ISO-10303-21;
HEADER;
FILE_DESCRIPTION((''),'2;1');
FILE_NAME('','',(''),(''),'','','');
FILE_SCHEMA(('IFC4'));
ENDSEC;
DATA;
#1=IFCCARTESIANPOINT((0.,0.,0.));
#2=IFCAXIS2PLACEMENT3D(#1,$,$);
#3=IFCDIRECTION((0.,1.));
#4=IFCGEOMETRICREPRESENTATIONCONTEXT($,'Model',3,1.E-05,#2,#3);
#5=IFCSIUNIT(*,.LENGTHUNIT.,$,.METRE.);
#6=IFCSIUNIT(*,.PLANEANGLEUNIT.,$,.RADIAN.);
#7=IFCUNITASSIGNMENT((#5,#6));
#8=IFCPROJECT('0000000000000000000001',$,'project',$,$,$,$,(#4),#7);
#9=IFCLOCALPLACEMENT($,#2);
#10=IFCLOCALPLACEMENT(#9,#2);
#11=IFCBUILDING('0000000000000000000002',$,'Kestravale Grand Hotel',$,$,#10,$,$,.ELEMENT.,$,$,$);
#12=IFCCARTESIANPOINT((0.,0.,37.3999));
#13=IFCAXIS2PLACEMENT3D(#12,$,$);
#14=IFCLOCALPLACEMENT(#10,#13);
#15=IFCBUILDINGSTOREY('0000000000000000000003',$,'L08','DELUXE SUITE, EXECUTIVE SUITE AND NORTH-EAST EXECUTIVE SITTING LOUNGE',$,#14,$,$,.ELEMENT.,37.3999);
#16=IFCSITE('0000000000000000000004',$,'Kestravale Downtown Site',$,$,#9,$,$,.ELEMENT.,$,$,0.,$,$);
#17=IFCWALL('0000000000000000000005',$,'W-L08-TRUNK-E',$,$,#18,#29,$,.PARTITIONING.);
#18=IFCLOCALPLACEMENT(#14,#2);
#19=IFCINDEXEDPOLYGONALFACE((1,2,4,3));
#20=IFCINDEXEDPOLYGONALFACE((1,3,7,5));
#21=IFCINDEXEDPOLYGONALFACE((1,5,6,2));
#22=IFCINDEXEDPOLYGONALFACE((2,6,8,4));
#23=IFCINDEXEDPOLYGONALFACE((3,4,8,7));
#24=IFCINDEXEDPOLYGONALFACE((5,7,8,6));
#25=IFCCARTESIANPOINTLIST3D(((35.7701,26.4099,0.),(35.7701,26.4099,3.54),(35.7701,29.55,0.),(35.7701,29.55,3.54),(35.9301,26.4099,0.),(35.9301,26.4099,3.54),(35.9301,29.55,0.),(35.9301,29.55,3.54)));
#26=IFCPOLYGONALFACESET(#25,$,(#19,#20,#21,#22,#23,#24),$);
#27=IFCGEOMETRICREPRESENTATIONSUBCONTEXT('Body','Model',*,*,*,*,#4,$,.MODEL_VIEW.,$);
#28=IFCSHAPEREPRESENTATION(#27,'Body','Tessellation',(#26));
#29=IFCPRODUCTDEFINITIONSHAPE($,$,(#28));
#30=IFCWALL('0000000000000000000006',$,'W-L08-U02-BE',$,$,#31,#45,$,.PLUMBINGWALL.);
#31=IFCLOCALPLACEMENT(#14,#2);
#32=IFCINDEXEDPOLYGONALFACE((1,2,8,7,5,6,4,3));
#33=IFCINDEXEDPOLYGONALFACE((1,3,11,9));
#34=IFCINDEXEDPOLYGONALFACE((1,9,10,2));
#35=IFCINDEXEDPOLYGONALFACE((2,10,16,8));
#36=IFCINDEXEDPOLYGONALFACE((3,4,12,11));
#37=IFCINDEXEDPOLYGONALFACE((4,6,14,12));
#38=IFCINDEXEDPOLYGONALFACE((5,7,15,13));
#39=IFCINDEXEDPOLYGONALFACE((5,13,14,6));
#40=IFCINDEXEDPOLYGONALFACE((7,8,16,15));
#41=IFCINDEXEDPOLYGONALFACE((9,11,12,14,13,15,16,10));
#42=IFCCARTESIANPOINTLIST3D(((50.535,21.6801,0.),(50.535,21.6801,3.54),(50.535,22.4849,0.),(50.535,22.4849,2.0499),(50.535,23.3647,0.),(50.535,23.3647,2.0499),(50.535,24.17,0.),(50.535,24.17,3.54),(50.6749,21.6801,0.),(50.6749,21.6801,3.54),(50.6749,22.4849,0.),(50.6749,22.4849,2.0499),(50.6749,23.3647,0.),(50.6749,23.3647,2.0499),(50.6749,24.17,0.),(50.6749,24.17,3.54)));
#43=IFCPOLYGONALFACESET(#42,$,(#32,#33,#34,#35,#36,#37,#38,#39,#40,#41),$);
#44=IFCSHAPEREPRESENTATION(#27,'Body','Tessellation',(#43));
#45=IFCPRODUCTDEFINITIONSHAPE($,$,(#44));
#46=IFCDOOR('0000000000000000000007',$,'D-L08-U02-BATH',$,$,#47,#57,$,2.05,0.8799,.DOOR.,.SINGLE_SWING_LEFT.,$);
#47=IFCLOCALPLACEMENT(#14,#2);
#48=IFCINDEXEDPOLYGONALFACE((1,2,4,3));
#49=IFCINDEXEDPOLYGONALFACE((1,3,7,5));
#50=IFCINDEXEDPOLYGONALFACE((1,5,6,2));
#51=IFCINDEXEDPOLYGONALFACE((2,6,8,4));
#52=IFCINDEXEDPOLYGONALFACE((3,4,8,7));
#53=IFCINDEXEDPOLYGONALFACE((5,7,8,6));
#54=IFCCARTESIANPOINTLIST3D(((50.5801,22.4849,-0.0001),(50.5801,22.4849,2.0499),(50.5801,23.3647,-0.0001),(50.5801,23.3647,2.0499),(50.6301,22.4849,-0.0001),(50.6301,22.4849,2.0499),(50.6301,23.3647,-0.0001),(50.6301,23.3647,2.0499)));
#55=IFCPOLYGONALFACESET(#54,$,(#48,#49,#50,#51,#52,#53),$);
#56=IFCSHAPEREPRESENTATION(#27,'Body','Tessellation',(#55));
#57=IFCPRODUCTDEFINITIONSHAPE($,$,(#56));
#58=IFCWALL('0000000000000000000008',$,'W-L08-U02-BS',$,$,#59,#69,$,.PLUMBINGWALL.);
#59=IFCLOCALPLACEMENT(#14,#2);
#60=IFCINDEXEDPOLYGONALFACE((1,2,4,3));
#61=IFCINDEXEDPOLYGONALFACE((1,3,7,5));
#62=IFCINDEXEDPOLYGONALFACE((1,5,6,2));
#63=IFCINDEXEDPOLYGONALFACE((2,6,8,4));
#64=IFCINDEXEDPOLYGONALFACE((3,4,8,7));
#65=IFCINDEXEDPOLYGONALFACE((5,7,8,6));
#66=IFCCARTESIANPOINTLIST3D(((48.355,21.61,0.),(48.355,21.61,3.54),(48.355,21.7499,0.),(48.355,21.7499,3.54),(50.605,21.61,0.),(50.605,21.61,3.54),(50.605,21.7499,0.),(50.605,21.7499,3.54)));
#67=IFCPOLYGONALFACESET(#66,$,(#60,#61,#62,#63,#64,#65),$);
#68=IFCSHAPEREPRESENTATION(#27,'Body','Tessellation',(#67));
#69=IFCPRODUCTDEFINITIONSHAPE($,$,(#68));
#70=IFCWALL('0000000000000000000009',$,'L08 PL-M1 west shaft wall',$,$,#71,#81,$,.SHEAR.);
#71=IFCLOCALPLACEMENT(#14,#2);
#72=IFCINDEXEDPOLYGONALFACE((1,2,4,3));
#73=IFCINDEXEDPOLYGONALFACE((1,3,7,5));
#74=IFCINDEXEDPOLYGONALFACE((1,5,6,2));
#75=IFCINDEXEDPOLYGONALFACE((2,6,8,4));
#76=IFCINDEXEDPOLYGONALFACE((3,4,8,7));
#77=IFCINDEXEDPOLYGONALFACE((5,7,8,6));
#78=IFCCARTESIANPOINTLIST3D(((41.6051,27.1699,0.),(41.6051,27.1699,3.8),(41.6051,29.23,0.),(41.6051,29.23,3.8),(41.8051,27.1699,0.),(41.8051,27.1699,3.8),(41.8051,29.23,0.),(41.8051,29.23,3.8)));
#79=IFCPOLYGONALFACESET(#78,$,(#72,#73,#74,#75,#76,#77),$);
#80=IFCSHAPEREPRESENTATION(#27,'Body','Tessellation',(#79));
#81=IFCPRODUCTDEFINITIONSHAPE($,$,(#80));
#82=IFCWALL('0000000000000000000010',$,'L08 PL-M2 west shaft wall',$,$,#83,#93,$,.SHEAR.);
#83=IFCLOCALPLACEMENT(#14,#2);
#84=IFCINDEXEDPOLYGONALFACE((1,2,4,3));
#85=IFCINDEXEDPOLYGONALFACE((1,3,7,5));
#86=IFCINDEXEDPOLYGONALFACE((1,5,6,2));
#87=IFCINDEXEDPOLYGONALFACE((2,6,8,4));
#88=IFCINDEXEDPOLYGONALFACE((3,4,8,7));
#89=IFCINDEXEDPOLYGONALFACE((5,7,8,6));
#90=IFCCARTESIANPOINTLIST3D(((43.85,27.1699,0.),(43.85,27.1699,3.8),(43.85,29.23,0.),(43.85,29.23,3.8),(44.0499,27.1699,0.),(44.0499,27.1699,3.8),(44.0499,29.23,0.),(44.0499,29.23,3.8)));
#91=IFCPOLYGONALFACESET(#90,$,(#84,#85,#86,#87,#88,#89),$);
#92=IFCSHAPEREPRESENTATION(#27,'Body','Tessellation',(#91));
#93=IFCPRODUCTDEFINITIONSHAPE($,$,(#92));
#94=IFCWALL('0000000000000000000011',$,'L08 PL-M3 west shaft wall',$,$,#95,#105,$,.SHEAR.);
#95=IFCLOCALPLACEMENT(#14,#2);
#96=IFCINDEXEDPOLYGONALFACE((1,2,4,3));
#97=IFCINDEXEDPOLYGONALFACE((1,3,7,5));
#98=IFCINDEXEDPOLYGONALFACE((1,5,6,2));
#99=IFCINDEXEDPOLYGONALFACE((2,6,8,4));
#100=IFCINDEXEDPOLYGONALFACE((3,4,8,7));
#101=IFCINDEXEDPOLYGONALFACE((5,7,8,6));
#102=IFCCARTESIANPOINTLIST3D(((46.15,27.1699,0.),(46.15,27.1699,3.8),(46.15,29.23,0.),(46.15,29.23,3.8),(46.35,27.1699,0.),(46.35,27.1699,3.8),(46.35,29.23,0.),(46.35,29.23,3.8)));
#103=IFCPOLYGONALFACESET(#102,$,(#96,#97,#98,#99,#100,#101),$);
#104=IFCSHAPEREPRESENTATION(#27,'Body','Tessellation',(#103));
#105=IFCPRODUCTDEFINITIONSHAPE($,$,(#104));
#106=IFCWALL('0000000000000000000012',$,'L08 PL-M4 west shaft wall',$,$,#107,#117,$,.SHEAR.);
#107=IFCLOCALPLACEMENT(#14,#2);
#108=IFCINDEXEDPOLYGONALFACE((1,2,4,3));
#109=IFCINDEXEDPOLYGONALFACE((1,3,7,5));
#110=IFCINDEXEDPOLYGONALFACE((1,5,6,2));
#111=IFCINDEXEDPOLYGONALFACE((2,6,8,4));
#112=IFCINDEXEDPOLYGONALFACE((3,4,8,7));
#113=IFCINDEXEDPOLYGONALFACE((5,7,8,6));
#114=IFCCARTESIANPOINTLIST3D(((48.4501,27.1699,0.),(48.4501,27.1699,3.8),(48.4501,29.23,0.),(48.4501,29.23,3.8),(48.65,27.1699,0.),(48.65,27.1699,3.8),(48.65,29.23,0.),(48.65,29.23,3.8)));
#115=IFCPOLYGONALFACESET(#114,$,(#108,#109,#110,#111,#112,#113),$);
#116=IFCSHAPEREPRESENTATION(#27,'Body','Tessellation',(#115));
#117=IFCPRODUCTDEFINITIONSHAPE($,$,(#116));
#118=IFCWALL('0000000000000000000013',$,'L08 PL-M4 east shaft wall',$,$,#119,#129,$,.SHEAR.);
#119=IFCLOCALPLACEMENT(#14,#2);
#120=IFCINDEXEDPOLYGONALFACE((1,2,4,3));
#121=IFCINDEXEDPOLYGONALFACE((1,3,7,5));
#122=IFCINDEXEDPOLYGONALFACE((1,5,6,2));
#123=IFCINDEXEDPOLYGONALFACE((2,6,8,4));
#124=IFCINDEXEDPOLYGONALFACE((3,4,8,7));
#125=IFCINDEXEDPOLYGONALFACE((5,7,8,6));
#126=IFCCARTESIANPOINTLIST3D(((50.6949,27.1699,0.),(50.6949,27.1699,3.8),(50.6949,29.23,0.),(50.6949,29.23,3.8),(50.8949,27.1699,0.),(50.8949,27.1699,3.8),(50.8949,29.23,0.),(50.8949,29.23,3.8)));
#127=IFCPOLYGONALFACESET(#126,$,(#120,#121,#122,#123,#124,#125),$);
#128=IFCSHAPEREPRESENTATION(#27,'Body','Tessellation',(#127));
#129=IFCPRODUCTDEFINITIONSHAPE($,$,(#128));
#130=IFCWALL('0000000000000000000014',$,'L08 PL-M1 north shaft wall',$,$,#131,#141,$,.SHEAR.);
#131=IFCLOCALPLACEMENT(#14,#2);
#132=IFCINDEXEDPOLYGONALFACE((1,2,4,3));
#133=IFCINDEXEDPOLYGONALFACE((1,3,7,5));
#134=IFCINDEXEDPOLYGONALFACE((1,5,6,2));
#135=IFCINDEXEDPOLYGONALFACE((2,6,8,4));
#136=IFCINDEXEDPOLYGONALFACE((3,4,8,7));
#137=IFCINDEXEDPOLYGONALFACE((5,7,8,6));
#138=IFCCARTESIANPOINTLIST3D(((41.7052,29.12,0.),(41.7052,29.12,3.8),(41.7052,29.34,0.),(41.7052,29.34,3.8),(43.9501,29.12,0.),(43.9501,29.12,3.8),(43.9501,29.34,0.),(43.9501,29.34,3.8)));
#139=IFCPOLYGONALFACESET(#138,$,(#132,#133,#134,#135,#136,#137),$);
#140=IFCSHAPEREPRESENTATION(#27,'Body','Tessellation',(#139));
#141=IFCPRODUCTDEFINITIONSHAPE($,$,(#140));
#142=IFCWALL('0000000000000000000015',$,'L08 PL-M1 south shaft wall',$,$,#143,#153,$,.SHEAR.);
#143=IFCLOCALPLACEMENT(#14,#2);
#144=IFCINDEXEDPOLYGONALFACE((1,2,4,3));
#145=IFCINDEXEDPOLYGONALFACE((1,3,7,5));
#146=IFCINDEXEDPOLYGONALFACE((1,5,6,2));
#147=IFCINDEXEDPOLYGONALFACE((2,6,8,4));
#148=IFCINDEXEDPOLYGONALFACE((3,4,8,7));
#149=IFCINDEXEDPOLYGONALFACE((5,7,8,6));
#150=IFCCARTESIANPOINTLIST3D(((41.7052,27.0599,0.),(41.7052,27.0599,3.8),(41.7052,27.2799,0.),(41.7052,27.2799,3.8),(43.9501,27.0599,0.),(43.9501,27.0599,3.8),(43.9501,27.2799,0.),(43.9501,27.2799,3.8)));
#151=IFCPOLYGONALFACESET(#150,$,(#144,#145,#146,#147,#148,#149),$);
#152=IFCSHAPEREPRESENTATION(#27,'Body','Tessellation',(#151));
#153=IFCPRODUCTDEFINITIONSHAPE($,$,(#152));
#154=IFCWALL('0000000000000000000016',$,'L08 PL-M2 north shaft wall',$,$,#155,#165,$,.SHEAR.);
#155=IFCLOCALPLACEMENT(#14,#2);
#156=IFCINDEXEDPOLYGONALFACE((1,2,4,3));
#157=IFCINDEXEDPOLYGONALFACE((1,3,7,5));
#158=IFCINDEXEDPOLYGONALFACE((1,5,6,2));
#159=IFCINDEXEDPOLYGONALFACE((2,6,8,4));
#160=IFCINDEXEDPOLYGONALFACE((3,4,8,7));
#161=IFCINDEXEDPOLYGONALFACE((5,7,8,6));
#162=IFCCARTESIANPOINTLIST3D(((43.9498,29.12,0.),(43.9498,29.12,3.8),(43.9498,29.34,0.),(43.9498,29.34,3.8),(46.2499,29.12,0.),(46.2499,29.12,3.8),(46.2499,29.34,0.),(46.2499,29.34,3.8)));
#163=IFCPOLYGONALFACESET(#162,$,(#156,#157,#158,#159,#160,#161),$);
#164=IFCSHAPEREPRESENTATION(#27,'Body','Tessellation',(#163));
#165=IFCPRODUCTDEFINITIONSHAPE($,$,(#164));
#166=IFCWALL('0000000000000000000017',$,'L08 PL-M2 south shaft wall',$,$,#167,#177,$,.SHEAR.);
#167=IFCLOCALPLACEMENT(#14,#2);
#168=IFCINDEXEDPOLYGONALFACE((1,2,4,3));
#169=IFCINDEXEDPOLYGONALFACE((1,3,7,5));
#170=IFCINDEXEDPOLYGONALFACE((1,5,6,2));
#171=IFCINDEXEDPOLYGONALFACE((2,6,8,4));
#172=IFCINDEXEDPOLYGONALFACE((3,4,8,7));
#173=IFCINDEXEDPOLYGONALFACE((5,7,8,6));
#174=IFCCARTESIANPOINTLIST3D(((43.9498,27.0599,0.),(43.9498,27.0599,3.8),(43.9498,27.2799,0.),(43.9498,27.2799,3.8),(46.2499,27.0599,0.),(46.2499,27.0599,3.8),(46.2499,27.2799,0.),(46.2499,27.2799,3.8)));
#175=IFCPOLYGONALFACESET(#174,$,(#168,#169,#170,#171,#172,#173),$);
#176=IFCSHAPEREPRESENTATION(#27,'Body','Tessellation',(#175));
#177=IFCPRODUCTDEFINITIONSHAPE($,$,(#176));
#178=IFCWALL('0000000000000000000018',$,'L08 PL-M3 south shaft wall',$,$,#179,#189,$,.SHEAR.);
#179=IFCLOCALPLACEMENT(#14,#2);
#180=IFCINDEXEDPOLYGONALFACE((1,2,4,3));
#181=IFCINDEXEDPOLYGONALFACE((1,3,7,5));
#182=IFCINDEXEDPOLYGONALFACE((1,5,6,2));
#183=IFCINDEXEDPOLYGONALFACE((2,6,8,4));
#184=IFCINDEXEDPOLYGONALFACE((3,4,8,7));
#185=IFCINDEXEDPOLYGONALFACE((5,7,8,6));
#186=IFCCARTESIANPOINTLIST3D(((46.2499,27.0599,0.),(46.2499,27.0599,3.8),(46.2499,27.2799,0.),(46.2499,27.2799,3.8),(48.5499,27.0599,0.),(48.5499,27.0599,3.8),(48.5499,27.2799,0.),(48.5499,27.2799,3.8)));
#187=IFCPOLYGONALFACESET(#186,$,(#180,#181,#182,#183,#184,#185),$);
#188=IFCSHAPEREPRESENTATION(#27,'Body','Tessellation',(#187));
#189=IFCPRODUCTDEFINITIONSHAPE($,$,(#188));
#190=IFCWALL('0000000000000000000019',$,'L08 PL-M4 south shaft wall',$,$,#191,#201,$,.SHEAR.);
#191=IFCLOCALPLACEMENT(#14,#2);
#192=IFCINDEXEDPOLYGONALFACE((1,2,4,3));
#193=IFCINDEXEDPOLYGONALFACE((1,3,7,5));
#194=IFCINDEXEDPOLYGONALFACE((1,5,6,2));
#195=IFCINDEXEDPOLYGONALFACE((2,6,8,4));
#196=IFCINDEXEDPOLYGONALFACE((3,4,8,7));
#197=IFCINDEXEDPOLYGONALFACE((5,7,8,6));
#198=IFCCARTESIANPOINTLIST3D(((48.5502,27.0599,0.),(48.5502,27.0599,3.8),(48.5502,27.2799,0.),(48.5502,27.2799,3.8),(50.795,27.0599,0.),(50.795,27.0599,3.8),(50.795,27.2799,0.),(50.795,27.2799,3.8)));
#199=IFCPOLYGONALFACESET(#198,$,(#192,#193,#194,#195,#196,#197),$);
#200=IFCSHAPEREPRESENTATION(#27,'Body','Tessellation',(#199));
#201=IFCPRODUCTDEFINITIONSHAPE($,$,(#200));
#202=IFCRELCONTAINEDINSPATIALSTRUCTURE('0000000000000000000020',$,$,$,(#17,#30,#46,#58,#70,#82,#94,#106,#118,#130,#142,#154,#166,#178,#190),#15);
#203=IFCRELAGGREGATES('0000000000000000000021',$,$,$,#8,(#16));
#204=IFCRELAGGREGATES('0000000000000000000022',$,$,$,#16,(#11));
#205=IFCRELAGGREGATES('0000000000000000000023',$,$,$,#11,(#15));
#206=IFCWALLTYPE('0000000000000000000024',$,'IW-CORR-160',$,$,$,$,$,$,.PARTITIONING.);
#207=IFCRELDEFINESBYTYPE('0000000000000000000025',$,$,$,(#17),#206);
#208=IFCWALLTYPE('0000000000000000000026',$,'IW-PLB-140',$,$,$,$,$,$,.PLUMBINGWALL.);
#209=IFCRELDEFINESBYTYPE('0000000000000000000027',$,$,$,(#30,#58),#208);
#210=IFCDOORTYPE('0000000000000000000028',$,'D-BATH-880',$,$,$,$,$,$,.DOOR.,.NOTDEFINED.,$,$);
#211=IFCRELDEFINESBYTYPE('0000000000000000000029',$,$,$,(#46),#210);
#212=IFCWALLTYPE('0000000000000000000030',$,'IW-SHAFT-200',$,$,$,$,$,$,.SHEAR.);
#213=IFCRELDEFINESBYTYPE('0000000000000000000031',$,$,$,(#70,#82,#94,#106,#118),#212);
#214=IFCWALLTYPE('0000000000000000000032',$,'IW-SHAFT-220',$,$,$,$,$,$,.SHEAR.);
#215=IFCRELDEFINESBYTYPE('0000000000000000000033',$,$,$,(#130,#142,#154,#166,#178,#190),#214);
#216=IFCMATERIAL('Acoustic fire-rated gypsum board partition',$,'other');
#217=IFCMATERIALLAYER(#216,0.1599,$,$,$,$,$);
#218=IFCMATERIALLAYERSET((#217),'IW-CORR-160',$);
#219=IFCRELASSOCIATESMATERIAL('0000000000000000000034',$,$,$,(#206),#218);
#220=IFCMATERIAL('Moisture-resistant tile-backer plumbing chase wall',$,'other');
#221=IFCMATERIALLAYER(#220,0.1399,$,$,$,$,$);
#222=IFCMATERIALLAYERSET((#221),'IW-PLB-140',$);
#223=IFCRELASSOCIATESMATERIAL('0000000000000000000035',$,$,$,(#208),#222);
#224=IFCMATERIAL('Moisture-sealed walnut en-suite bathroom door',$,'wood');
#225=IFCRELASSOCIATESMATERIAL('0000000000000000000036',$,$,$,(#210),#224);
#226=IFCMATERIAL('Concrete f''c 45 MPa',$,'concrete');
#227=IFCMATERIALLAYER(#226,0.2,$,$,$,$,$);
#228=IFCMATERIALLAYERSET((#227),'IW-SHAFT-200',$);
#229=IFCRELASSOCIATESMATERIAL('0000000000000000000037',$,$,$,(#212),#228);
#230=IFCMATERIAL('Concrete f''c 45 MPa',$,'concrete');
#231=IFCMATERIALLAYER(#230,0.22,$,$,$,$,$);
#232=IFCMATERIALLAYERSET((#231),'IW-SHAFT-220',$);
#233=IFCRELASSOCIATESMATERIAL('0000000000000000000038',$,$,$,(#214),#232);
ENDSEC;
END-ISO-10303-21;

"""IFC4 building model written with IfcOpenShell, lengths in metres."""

from ifc_helpers import new_model, si_unit, direction, frame, frame_2d, origin, place, context, subcontext, project, spatial, rectangle, extrude, material, layer, layer_set, type_object, element, fill, save


model = new_model("IFC4")

# Units and contexts
model_context = context("Model", 3, precision=1e-05, world=origin(), true_north=direction((0.0, 1.0)))
body_context = subcontext(model_context, "Body", "Model", "MODEL_VIEW")
ifc_project = project(units=[si_unit("LENGTHUNIT", "METRE"), si_unit("PLANEANGLEUNIT", "RADIAN")], contexts=[model_context])

# Site, building, storey
site_placement = place(None, origin())
site = spatial("IfcSite", under=ifc_project, at=site_placement, Name="Kestravale Downtown Site", CompositionType="ELEMENT", RefElevation=0.0)
building_placement = place(site_placement, origin())
building = spatial("IfcBuilding", under=site, at=building_placement, Name="Kestravale Grand Hotel", CompositionType="ELEMENT")
storey_placement = place(building_placement, frame((0.0, 0.0, 37.3999)))
storey = spatial("IfcBuildingStorey", under=building, at=storey_placement, Name="L08", Description="DELUXE SUITE, EXECUTIVE SUITE AND NORTH-EAST EXECUTIVE SITTING LOUNGE", CompositionType="ELEMENT", Elevation=37.3999)

# Wall
ifc_material_1 = material(Name="Acoustic fire-rated gypsum board partition", Category="other")
ifc_layer_1 = layer(ifc_material_1, 0.1599)
ifc_layer_set_1 = layer_set([ifc_layer_1], Name="IW-CORR-160")
wall_type_1 = type_object("IfcWallType", Name="IW-CORR-160", PredefinedType="PARTITIONING", material=ifc_layer_set_1)
wall_1_placement = place(storey_placement, frame((35.8501, 26.4099, 0.0), z_axis=(0.0, 0.0, 1.0), x_axis=(0.0, 1.0, 0.0)))
element("IfcWall", 1, at=wall_1_placement, inside=storey, type_object=wall_type_1, Name="W-L08-TRUNK-E", PredefinedType="PARTITIONING", context=body_context, shape_type="SweptSolid", body=[
    extrude(rectangle(XDim=3.1401, YDim=0.1599, at=frame_2d((1.5701, 0.0))), origin(), (0.0, 0.0, 1.0), 3.54),
])

# Wall, opening, door
ifc_material_2 = material(Name="Moisture-resistant tile-backer plumbing chase wall", Category="other")
ifc_layer_2 = layer(ifc_material_2, 0.1399)
ifc_layer_set_2 = layer_set([ifc_layer_2], Name="IW-PLB-140")
wall_type_2 = type_object("IfcWallType", Name="IW-PLB-140", PredefinedType="PLUMBINGWALL", material=ifc_layer_set_2)
wall_2_placement = place(storey_placement, frame((50.605, 21.6799, 0.0), z_axis=(0.0, 0.0, 1.0), x_axis=(0.0, 1.0, 0.0)))
wall_2 = element("IfcWall", 2, at=wall_2_placement, inside=storey, type_object=wall_type_2, Name="W-L08-U02-BE", PredefinedType="PLUMBINGWALL", context=body_context, shape_type="SweptSolid", body=[
    extrude(rectangle(XDim=2.49, YDim=0.1399, at=frame_2d((1.2451, 0.0))), origin(), (0.0, 0.0, 1.0), 3.54),
])
opening_placement = place(wall_2_placement, frame((0.8049, 0.0, 0.0)))
opening = element("IfcOpeningElement", 3, at=opening_placement, cuts=wall_2, PredefinedType="OPENING", context=body_context, shape_type="SweptSolid", body=[
    extrude(rectangle(XDim=0.8799, YDim=2.05, at=frame_2d((0.4399, 1.0249))), frame((0.0, 0.0798, 0.0), z_axis=(0.0, -1.0, 0.0), x_axis=(1.0, 0.0, 0.0)), (0.0, 0.0, 1.0), 0.1599),
])
ifc_material_3 = material(Name="Moisture-sealed walnut en-suite bathroom door", Category="wood")
door_type = type_object("IfcDoorType", Name="D-BATH-880", OperationType="NOTDEFINED", PredefinedType="DOOR", material=ifc_material_3)
door_placement = place(opening_placement, origin())
door = element("IfcDoor", 4, at=door_placement, inside=storey, type_object=door_type, Name="D-L08-U02-BATH", OperationType="SINGLE_SWING_LEFT", OverallHeight=2.05, OverallWidth=0.8799, PredefinedType="DOOR", context=body_context, shape_type="SweptSolid", body=[
    extrude(rectangle(XDim=0.8799, YDim=2.05, at=frame_2d((0.4399, 1.0249))), frame((0.0, 0.0249, 0.0), z_axis=(0.0, -1.0, 0.0), x_axis=(1.0, 0.0, 0.0)), (0.0, 0.0, 1.0), 0.05),
])
fill(opening, door)

# Walls
wall_3_placement = place(storey_placement, frame((48.355, 21.6799, 0.0), z_axis=(0.0, 0.0, 1.0), x_axis=(1.0, 0.0, 0.0)))
element("IfcWall", 5, at=wall_3_placement, inside=storey, type_object=wall_type_2, Name="W-L08-U02-BS", PredefinedType="PLUMBINGWALL", context=body_context, shape_type="SweptSolid", body=[
    extrude(rectangle(XDim=2.25, YDim=0.1399, at=frame_2d((1.125, 0.0))), origin(), (0.0, 0.0, 1.0), 3.54),
])
ifc_material_4 = material(Name="Concrete f'c 45 MPa", Category="concrete")
ifc_layer_3 = layer(ifc_material_4, 0.2)
ifc_layer_set_3 = layer_set([ifc_layer_3], Name="IW-SHAFT-200")
wall_type_3 = type_object("IfcWallType", Name="IW-SHAFT-200", PredefinedType="SHEAR", material=ifc_layer_set_3)
for number, where, z_axis, x_axis, name in (
    (6, (41.7051, 27.1699, 0.0), (0.0, 0.0, 1.0), (0.0, 1.0, 0.0), "L08 PL-M1 west shaft wall"),
    (7, (43.95, 27.1699, 0.0), (0.0, 0.0, 1.0), (0.0, 1.0, 0.0), "L08 PL-M2 west shaft wall"),
    (8, (46.25, 27.1699, 0.0), (0.0, 0.0, 1.0), (0.0, 1.0, 0.0), "L08 PL-M3 west shaft wall"),
    (9, (48.55, 27.1699, 0.0), (0.0, 0.0, 1.0), (0.0, 1.0, 0.0), "L08 PL-M4 west shaft wall"),
    (10, (50.7949, 27.1699, 0.0), (0.0, 0.0, 1.0), (0.0, 1.0, 0.0), "L08 PL-M4 east shaft wall"),
):
    element("IfcWall", number, at=place(storey_placement, frame(where, z_axis=z_axis, x_axis=x_axis)), inside=storey, type_object=wall_type_3, Name=name, PredefinedType="SHEAR", context=body_context, shape_type="SweptSolid", body=[
        extrude(rectangle(XDim=2.0601, YDim=0.2, at=frame_2d((1.03, 0.0))), origin(), (0.0, 0.0, 1.0), 3.8),
    ])
ifc_material_5 = material(Name="Concrete f'c 45 MPa", Category="concrete")
ifc_layer_4 = layer(ifc_material_5, 0.22)
ifc_layer_set_4 = layer_set([ifc_layer_4], Name="IW-SHAFT-220")
wall_type_4 = type_object("IfcWallType", Name="IW-SHAFT-220", PredefinedType="SHEAR", material=ifc_layer_set_4)
for number, where, z_axis, x_axis, name in (
    (11, (41.7051, 29.23, 0.0), (0.0, 0.0, 1.0), (1.0, 0.0, 0.0), "L08 PL-M1 north shaft wall"),
    (12, (41.7051, 27.1699, 0.0), (0.0, 0.0, 1.0), (1.0, 0.0, 0.0), "L08 PL-M1 south shaft wall"),
):
    element("IfcWall", number, at=place(storey_placement, frame(where, z_axis=z_axis, x_axis=x_axis)), inside=storey, type_object=wall_type_4, Name=name, PredefinedType="SHEAR", context=body_context, shape_type="SweptSolid", body=[
        extrude(rectangle(XDim=2.2449, YDim=0.22, at=frame_2d((1.1226, 0.0))), origin(), (0.0, 0.0, 1.0), 3.8),
    ])
for number, where, z_axis, x_axis, name in (
    (13, (43.95, 29.23, 0.0), (0.0, 0.0, 1.0), (1.0, 0.0, 0.0), "L08 PL-M2 north shaft wall"),
    (14, (43.95, 27.1699, 0.0), (0.0, 0.0, 1.0), (1.0, 0.0, 0.0), "L08 PL-M2 south shaft wall"),
    (15, (46.25, 27.1699, 0.0), (0.0, 0.0, 1.0), (1.0, 0.0, 0.0), "L08 PL-M3 south shaft wall"),
):
    element("IfcWall", number, at=place(storey_placement, frame(where, z_axis=z_axis, x_axis=x_axis)), inside=storey, type_object=wall_type_4, Name=name, PredefinedType="SHEAR", context=body_context, shape_type="SweptSolid", body=[
        extrude(rectangle(XDim=2.3, YDim=0.22, at=frame_2d((1.1499, 0.0))), origin(), (0.0, 0.0, 1.0), 3.8),
    ])
wall_4_placement = place(storey_placement, frame((48.55, 27.1699, 0.0), z_axis=(0.0, 0.0, 1.0), x_axis=(1.0, 0.0, 0.0)))
element("IfcWall", 16, at=wall_4_placement, inside=storey, type_object=wall_type_4, Name="L08 PL-M4 south shaft wall", PredefinedType="SHEAR", context=body_context, shape_type="SweptSolid", body=[
    extrude(rectangle(XDim=2.2449, YDim=0.22, at=frame_2d((1.1226, 0.0))), origin(), (0.0, 0.0, 1.0), 3.8),
])

save(model, "model.ifc")
